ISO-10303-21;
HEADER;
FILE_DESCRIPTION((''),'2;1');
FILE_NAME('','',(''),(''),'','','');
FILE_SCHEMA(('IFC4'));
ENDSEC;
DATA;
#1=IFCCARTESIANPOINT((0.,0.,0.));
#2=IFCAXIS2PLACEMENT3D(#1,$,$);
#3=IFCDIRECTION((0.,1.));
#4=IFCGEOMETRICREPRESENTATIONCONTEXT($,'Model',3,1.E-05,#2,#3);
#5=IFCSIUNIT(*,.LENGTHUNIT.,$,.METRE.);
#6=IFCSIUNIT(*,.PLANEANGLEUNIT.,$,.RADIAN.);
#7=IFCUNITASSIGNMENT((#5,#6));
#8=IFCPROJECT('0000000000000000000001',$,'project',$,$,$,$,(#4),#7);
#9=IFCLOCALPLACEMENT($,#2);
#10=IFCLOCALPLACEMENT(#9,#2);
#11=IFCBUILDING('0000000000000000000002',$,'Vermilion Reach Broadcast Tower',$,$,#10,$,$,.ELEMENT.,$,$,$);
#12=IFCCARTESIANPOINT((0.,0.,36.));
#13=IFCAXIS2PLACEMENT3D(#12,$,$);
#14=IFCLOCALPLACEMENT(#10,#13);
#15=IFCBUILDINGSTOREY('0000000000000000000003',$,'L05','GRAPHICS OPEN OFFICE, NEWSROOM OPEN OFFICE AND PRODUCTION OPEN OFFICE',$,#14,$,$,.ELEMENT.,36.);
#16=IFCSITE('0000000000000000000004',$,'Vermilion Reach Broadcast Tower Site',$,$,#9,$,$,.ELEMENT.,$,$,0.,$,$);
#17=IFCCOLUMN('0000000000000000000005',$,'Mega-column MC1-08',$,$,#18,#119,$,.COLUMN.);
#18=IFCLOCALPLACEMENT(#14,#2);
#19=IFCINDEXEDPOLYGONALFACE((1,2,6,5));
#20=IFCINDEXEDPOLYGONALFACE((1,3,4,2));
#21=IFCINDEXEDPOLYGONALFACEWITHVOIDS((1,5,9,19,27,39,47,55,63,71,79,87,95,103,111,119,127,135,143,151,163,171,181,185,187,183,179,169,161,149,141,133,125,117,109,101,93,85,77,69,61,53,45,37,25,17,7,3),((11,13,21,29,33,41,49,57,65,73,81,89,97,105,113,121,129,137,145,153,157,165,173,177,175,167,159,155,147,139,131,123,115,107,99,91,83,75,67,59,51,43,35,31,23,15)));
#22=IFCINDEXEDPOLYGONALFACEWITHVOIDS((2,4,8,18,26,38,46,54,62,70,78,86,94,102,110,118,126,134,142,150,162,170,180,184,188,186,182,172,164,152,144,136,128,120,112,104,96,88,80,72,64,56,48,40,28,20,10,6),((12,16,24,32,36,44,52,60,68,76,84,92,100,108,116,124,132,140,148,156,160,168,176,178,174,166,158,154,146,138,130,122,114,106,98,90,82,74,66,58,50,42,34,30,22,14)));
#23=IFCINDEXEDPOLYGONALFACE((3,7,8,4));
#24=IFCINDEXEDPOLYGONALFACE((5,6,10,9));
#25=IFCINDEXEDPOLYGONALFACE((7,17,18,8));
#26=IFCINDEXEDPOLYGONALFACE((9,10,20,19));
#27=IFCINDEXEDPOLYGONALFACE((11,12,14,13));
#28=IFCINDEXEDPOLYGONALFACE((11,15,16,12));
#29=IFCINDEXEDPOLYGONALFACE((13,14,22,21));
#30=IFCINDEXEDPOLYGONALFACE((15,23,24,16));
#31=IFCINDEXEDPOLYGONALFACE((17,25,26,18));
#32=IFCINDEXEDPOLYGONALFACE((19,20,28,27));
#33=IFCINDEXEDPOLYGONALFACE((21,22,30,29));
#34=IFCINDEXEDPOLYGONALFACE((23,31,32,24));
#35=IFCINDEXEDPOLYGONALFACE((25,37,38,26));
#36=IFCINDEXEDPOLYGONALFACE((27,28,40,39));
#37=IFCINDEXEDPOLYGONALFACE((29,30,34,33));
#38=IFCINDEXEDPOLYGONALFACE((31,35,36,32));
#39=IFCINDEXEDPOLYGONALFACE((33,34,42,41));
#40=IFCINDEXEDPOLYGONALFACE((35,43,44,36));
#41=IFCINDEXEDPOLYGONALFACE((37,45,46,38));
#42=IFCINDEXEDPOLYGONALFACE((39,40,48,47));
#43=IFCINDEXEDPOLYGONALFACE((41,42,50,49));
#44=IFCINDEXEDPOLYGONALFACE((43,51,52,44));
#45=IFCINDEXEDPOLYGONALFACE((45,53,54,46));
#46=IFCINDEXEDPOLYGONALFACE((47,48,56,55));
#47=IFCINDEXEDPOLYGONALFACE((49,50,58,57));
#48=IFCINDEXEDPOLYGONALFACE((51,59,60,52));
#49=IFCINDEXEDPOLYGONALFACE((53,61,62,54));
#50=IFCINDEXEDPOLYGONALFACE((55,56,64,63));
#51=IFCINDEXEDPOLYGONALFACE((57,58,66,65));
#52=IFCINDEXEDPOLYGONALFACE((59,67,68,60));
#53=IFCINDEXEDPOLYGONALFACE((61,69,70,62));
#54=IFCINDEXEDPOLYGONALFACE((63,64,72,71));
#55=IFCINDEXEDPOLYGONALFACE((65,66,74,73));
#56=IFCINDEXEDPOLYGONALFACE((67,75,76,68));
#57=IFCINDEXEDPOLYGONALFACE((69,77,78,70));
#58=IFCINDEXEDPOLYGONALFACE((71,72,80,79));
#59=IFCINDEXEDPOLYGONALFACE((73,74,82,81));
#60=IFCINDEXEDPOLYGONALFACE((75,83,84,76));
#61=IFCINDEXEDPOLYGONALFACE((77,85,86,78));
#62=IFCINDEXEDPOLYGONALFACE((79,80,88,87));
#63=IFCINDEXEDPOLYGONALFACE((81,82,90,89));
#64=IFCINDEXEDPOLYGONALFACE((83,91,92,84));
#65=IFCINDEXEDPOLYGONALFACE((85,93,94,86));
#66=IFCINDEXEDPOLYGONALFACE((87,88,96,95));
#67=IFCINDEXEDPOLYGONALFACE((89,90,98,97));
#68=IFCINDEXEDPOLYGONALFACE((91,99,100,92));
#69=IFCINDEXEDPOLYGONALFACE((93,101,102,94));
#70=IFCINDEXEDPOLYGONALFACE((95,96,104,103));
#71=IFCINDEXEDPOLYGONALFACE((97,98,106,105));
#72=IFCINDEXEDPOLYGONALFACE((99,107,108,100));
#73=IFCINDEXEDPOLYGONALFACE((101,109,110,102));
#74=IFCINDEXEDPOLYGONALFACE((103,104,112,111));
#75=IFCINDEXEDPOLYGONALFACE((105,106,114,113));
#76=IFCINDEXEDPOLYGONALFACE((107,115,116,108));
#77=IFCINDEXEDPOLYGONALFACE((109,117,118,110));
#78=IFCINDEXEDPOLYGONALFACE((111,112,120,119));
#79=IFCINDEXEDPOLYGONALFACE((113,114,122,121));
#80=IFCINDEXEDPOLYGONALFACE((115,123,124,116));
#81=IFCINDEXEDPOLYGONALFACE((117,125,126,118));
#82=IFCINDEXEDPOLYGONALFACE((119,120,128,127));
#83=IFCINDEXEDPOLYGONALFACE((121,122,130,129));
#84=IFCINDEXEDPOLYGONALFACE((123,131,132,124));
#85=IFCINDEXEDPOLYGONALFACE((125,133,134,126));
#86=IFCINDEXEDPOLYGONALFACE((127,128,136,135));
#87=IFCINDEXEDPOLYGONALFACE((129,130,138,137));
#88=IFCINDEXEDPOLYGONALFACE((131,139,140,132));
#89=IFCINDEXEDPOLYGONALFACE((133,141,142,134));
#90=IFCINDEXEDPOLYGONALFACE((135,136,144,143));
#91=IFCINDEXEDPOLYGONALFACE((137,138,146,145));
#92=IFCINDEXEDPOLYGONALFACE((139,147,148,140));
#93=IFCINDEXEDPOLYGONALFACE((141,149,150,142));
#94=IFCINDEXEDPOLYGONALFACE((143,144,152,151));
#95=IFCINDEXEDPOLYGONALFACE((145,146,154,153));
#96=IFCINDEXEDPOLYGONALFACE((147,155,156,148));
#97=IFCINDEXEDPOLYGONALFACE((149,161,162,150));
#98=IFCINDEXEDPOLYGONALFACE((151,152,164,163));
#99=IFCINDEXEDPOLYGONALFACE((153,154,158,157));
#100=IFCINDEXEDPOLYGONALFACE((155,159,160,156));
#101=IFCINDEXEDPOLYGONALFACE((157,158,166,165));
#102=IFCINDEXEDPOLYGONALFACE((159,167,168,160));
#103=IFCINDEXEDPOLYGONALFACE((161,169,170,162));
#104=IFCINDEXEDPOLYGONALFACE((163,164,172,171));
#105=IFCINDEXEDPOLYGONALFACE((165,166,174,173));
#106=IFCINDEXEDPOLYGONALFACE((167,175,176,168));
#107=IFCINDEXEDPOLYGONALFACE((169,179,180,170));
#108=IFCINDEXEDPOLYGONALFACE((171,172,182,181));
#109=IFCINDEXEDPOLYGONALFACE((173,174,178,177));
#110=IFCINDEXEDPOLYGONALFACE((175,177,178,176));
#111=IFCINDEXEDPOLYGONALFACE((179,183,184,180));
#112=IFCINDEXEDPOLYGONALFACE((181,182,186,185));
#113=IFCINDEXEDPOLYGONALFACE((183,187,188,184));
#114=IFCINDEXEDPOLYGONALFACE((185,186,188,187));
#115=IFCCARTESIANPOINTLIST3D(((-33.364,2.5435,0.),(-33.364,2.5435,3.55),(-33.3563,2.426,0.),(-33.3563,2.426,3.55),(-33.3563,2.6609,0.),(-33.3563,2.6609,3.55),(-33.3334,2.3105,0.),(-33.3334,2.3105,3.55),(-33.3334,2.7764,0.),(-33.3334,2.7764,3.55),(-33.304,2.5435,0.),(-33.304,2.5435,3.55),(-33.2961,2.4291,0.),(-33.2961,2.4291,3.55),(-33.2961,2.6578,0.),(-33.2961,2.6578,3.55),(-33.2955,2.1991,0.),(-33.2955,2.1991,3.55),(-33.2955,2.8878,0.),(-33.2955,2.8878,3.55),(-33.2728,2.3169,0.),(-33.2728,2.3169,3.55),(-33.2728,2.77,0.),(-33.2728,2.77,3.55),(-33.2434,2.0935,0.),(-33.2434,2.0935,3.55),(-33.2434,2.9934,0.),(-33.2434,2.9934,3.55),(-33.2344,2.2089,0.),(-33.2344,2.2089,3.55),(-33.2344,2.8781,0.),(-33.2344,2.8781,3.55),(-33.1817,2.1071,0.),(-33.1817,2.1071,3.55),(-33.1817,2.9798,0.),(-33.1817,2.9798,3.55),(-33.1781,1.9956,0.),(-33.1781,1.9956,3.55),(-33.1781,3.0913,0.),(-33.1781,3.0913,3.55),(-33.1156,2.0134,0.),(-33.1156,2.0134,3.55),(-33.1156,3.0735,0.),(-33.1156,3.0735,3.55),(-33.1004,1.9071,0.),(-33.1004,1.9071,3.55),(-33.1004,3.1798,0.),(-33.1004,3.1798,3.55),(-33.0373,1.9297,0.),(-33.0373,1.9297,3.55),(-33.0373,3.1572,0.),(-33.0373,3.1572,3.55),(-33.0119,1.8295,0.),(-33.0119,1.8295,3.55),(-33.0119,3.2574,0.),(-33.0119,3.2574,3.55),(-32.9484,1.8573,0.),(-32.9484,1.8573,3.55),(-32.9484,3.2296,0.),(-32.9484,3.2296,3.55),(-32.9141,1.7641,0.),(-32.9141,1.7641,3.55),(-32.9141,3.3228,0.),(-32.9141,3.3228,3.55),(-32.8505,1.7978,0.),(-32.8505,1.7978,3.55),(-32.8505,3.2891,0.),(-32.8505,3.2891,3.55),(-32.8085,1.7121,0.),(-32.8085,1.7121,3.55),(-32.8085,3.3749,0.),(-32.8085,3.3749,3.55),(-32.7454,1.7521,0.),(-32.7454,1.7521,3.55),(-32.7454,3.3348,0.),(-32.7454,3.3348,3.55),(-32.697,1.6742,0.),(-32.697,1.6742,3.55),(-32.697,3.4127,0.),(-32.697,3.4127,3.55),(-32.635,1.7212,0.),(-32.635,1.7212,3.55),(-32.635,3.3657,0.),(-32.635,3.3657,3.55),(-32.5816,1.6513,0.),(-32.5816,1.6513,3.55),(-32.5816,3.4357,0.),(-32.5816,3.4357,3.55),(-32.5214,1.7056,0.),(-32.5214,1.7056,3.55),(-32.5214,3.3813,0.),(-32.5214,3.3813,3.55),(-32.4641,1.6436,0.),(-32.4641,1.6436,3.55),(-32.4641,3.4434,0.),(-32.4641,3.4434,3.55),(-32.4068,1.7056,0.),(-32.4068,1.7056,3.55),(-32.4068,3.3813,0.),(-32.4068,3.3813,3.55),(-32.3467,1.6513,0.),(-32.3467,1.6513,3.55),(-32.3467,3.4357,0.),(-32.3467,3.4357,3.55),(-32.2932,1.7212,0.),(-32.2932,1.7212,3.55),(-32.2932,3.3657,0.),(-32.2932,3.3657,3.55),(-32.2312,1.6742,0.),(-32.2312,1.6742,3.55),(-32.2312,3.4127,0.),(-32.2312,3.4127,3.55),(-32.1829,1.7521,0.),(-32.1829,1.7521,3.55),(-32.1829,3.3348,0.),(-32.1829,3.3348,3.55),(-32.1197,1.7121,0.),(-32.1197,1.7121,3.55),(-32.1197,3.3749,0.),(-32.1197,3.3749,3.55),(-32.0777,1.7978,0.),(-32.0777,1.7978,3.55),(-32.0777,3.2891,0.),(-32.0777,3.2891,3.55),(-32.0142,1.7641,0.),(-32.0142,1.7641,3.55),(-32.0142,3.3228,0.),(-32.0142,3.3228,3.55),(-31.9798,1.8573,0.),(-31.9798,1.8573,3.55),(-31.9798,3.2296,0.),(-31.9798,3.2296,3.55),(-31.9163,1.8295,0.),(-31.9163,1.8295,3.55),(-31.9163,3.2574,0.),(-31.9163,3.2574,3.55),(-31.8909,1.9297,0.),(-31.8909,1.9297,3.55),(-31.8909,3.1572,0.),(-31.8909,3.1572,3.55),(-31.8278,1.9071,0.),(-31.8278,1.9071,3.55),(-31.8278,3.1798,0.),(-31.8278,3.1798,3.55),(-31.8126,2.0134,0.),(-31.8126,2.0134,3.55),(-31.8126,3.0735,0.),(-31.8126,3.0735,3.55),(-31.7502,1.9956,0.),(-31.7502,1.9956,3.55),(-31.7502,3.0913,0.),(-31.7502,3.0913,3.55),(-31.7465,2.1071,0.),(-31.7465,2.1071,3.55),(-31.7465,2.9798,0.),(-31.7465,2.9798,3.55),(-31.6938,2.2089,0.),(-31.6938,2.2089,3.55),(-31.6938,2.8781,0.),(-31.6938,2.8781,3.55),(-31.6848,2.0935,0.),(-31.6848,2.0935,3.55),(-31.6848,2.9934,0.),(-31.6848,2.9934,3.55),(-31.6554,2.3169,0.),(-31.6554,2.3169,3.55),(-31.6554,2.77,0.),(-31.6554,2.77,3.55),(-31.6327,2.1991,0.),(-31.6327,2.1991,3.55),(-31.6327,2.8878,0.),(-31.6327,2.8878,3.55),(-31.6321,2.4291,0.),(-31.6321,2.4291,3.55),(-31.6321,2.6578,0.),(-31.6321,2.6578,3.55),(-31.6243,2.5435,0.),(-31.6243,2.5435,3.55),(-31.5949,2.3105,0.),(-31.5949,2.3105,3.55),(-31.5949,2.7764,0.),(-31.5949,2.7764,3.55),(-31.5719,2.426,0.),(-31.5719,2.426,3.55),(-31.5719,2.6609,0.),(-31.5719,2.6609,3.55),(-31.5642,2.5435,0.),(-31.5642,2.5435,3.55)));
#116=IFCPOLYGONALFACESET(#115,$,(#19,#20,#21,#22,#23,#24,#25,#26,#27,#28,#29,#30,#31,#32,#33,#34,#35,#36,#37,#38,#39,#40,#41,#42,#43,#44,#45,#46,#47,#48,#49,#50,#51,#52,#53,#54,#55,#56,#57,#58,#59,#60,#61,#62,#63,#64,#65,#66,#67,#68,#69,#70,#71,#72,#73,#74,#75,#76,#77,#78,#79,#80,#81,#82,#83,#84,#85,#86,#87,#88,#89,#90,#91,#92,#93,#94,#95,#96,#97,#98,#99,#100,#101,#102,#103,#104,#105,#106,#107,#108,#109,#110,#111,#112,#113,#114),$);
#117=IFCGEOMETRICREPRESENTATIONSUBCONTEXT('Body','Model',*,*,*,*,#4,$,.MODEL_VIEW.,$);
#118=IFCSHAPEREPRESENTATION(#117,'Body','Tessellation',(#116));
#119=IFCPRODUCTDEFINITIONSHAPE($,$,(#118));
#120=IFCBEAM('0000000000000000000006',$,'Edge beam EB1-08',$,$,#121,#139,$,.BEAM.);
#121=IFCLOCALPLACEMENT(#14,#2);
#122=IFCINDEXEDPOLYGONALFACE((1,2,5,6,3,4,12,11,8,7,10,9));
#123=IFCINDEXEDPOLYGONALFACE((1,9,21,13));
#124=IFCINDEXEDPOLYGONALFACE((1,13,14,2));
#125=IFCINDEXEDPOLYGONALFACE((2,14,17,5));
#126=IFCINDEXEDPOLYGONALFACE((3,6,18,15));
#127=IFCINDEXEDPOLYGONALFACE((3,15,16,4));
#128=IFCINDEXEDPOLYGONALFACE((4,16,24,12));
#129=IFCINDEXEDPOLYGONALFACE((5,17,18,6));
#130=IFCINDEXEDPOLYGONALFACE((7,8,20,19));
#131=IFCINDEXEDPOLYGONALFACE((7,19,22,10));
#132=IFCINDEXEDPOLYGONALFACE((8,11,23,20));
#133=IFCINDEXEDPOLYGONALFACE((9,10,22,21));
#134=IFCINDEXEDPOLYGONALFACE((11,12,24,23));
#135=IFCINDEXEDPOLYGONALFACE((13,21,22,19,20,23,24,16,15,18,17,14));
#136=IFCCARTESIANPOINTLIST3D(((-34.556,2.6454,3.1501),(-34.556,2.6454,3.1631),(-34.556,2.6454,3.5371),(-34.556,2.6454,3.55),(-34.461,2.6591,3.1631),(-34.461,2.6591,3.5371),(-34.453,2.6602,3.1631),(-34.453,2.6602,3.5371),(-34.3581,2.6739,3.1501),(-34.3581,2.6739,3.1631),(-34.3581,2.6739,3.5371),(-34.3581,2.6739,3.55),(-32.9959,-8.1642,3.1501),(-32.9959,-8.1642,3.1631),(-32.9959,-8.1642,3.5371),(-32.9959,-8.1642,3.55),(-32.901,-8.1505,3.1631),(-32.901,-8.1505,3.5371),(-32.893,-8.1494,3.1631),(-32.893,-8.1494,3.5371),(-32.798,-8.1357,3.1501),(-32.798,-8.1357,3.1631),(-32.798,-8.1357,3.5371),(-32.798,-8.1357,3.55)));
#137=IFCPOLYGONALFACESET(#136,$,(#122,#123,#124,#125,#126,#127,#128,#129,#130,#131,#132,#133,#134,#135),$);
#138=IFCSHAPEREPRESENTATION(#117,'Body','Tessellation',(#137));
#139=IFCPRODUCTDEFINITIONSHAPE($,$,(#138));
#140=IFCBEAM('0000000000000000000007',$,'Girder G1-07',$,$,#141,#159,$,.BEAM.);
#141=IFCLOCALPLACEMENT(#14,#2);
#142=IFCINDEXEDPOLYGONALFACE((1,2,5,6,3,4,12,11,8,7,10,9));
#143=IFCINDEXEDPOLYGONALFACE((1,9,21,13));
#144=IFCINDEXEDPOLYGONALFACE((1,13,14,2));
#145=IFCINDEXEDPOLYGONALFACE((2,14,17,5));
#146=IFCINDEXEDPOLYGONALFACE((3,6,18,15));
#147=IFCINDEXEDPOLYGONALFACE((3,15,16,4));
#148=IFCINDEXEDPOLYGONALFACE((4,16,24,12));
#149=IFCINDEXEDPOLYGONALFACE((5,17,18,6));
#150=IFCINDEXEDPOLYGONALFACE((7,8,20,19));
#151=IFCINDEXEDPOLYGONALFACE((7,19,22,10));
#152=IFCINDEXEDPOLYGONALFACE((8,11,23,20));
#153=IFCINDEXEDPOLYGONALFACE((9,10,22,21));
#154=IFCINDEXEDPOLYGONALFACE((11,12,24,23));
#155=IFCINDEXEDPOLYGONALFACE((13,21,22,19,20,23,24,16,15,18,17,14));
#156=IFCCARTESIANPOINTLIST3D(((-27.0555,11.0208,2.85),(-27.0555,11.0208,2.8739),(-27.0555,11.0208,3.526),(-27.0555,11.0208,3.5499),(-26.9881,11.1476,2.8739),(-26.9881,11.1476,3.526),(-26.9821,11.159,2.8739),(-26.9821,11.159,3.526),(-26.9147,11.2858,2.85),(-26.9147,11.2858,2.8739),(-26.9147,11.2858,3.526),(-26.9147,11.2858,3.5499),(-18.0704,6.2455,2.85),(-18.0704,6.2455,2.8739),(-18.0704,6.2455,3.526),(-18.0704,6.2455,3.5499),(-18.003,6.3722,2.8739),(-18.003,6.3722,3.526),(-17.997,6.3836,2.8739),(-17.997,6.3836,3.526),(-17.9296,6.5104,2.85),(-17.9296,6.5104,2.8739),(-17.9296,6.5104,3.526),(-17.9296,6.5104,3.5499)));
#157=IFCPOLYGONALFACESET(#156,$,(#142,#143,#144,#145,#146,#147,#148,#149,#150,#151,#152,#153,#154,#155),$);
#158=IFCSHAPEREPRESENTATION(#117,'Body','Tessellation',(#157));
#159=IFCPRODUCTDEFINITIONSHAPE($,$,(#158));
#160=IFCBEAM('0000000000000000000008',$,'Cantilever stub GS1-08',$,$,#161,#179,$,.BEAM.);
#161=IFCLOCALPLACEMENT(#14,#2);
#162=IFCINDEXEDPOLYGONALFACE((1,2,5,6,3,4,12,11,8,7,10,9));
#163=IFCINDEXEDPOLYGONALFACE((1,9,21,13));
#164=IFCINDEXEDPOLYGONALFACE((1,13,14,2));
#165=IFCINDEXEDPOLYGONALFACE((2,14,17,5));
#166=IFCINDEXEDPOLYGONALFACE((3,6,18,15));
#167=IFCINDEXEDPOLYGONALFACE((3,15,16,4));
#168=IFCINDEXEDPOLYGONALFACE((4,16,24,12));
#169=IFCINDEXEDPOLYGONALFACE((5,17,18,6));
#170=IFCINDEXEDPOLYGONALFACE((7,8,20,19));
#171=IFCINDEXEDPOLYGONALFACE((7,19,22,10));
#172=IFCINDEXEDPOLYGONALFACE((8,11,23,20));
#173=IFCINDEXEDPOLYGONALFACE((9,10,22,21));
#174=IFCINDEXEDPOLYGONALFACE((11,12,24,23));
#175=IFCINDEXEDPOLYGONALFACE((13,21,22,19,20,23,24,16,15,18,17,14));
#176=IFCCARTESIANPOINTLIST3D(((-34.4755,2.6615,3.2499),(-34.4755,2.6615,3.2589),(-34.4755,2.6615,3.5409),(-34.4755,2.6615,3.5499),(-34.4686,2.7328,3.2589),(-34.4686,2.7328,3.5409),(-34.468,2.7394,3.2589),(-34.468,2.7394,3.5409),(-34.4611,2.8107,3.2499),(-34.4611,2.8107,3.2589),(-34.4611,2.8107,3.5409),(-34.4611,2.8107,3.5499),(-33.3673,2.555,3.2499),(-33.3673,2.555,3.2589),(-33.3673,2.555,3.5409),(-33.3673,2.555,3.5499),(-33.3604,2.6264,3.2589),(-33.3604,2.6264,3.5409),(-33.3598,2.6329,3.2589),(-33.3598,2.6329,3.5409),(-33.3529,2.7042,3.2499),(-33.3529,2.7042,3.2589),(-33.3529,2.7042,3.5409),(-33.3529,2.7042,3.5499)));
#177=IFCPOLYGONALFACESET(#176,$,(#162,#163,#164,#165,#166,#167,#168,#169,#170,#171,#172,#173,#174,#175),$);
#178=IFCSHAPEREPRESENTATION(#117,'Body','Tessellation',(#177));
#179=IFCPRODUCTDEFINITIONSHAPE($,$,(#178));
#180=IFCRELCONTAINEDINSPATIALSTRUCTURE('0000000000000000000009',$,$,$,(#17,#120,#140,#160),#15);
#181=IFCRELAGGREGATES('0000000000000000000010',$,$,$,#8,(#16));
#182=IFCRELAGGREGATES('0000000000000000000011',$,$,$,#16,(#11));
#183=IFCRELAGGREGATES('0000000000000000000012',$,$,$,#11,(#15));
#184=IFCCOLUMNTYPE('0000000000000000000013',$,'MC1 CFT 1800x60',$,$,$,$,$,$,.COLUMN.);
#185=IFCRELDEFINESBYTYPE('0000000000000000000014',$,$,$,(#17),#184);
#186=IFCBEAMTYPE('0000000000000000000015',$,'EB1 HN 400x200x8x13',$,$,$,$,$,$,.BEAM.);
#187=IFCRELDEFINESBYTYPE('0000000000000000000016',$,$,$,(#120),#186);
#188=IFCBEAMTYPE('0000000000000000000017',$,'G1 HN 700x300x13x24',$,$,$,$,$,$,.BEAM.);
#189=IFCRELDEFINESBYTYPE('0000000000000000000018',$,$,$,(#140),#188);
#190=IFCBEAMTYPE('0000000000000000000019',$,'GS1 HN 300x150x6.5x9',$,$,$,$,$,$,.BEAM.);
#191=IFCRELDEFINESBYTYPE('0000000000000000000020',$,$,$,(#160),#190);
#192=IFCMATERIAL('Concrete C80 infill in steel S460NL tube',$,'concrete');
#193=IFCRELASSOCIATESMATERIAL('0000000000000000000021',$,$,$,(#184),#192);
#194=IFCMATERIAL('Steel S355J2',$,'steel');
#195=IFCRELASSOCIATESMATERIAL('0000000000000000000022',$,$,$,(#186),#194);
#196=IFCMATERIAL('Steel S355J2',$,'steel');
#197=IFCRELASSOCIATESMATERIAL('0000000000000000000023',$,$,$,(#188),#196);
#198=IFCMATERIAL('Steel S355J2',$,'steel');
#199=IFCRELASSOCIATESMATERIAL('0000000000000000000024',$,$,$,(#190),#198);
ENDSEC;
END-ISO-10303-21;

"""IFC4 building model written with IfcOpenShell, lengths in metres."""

from ifc_helpers import new_model, si_unit, direction, frame, origin, origin_2d, place, context, subcontext, project, spatial, hollow_circle, i_section, extrude, material, material_profile, profile_set, type_object, element, save


model = new_model("IFC4")

# Units and contexts
model_context = context("Model", 3, precision=1e-05, world=origin(), true_north=direction((0.0, 1.0)))
body_context = subcontext(model_context, "Body", "Model", "MODEL_VIEW")
ifc_project = project(units=[si_unit("LENGTHUNIT", "METRE"), si_unit("PLANEANGLEUNIT", "RADIAN")], contexts=[model_context])

# Site, building, storey
site_placement = place(None, origin())
site = spatial("IfcSite", under=ifc_project, at=site_placement, Name="Vermilion Reach Broadcast Tower Site", CompositionType="ELEMENT", RefElevation=0.0)
building_placement = place(site_placement, origin())
building = spatial("IfcBuilding", under=site, at=building_placement, Name="Vermilion Reach Broadcast Tower", CompositionType="ELEMENT")
storey_placement = place(building_placement, frame((0.0, 0.0, 36.0)))
storey = spatial("IfcBuildingStorey", under=building, at=storey_placement, Name="L05", Description="GRAPHICS OPEN OFFICE, NEWSROOM OPEN OFFICE AND PRODUCTION OPEN OFFICE", CompositionType="ELEMENT", Elevation=36.0)

# Column
ifc_material_1 = material(Name="Concrete C80 infill in steel S460NL tube", Category="concrete")
ifc_material_profile_1 = material_profile(ifc_material_1, hollow_circle(Radius=0.8999, WallThickness=0.0601, at=origin_2d()), Name="Concrete C80 infill in steel S460NL tube CFT 1800x60")
ifc_profile_set_1 = profile_set([ifc_material_profile_1], Name="Concrete C80 infill in steel S460NL tube")
column_type = type_object("IfcColumnType", Name="MC1 CFT 1800x60", PredefinedType="COLUMN", material=ifc_profile_set_1)
column_placement = place(storey_placement, frame((-32.4641, 2.5435, 0.0), z_axis=(0.0, 0.0, 1.0), x_axis=(1.0, 0.0, 0.0)))
element("IfcColumn", 1, at=column_placement, inside=storey, type_object=column_type, Name="Mega-column MC1-08", PredefinedType="COLUMN", context=body_context, shape_type="SweptSolid", body=[
    extrude(hollow_circle(Radius=0.8999, WallThickness=0.0601, at=origin_2d()), origin(), (0.0, 0.0, 1.0), 3.55),
])

# Beams
ifc_material_2 = material(Name="Steel S355J2", Category="steel")
ifc_material_profile_2 = material_profile(ifc_material_2, i_section(OverallWidth=0.2, OverallDepth=0.3999, WebThickness=0.0081, FlangeThickness=0.0129, at=origin_2d()), Name="S355J2 HN 400x200x8x13")
ifc_profile_set_2 = profile_set([ifc_material_profile_2], Name="Steel S355J2")
beam_type_1 = type_object("IfcBeamType", Name="EB1 HN 400x200x8x13", PredefinedType="BEAM", material=ifc_profile_set_2)
beam_1_placement = place(storey_placement, frame((-34.457, 2.6597, 3.3501), z_axis=(0.142842, -0.989745, 0.0), x_axis=(0.989745, 0.142842, 0.0)))
element("IfcBeam", 2, at=beam_1_placement, inside=storey, type_object=beam_type_1, Name="Edge beam EB1-08", PredefinedType="BEAM", context=body_context, shape_type="SweptSolid", body=[
    extrude(i_section(OverallWidth=0.2, OverallDepth=0.3999, WebThickness=0.0081, FlangeThickness=0.0129, at=origin_2d()), origin(), (0.0, 0.0, 1.0), 10.9216),
])
ifc_material_3 = material(Name="Steel S355J2", Category="steel")
ifc_material_profile_3 = material_profile(ifc_material_3, i_section(OverallWidth=0.3, OverallDepth=0.7, WebThickness=0.0129, FlangeThickness=0.0239, at=origin_2d()), Name="S355J2 HN 700x300x13x24")
ifc_profile_set_3 = profile_set([ifc_material_profile_3], Name="Steel S355J2")
beam_type_2 = type_object("IfcBeamType", Name="G1 HN 700x300x13x24", PredefinedType="BEAM", material=ifc_profile_set_3)
beam_2_placement = place(storey_placement, frame((-18.0, 6.3779, 3.2), z_axis=(-0.883032, 0.469313, 0.0), x_axis=(-0.469313, -0.883032, 0.0)))
element("IfcBeam", 3, at=beam_2_placement, inside=storey, type_object=beam_type_2, Name="Girder G1-07", PredefinedType="BEAM", context=body_context, shape_type="SweptSolid", body=[
    extrude(i_section(OverallWidth=0.3, OverallDepth=0.7, WebThickness=0.0129, FlangeThickness=0.0239, at=origin_2d()), origin(), (0.0, 0.0, 1.0), 10.1753),
])
ifc_material_4 = material(Name="Steel S355J2", Category="steel")
ifc_material_profile_4 = material_profile(ifc_material_4, i_section(OverallWidth=0.1499, OverallDepth=0.3, WebThickness=0.0066, FlangeThickness=0.009, at=origin_2d()), Name="S355J2 HN 300x150x6.5x9")
ifc_profile_set_4 = profile_set([ifc_material_profile_4], Name="Steel S355J2")
beam_type_3 = type_object("IfcBeamType", Name="GS1 HN 300x150x6.5x9", PredefinedType="BEAM", material=ifc_profile_set_4)
beam_3_placement = place(storey_placement, frame((-33.3601, 2.6296, 3.3999), z_axis=(-0.995418, 0.095616, 0.0), x_axis=(-0.095616, -0.995418, 0.0)))
element("IfcBeam", 4, at=beam_3_placement, inside=storey, type_object=beam_type_3, Name="Cantilever stub GS1-08", PredefinedType="BEAM", context=body_context, shape_type="SweptSolid", body=[
    extrude(i_section(OverallWidth=0.1499, OverallDepth=0.3, WebThickness=0.0066, FlangeThickness=0.009, at=origin_2d()), origin(), (0.0, 0.0, 1.0), 1.1133),
])

save(model, "model.ifc")
